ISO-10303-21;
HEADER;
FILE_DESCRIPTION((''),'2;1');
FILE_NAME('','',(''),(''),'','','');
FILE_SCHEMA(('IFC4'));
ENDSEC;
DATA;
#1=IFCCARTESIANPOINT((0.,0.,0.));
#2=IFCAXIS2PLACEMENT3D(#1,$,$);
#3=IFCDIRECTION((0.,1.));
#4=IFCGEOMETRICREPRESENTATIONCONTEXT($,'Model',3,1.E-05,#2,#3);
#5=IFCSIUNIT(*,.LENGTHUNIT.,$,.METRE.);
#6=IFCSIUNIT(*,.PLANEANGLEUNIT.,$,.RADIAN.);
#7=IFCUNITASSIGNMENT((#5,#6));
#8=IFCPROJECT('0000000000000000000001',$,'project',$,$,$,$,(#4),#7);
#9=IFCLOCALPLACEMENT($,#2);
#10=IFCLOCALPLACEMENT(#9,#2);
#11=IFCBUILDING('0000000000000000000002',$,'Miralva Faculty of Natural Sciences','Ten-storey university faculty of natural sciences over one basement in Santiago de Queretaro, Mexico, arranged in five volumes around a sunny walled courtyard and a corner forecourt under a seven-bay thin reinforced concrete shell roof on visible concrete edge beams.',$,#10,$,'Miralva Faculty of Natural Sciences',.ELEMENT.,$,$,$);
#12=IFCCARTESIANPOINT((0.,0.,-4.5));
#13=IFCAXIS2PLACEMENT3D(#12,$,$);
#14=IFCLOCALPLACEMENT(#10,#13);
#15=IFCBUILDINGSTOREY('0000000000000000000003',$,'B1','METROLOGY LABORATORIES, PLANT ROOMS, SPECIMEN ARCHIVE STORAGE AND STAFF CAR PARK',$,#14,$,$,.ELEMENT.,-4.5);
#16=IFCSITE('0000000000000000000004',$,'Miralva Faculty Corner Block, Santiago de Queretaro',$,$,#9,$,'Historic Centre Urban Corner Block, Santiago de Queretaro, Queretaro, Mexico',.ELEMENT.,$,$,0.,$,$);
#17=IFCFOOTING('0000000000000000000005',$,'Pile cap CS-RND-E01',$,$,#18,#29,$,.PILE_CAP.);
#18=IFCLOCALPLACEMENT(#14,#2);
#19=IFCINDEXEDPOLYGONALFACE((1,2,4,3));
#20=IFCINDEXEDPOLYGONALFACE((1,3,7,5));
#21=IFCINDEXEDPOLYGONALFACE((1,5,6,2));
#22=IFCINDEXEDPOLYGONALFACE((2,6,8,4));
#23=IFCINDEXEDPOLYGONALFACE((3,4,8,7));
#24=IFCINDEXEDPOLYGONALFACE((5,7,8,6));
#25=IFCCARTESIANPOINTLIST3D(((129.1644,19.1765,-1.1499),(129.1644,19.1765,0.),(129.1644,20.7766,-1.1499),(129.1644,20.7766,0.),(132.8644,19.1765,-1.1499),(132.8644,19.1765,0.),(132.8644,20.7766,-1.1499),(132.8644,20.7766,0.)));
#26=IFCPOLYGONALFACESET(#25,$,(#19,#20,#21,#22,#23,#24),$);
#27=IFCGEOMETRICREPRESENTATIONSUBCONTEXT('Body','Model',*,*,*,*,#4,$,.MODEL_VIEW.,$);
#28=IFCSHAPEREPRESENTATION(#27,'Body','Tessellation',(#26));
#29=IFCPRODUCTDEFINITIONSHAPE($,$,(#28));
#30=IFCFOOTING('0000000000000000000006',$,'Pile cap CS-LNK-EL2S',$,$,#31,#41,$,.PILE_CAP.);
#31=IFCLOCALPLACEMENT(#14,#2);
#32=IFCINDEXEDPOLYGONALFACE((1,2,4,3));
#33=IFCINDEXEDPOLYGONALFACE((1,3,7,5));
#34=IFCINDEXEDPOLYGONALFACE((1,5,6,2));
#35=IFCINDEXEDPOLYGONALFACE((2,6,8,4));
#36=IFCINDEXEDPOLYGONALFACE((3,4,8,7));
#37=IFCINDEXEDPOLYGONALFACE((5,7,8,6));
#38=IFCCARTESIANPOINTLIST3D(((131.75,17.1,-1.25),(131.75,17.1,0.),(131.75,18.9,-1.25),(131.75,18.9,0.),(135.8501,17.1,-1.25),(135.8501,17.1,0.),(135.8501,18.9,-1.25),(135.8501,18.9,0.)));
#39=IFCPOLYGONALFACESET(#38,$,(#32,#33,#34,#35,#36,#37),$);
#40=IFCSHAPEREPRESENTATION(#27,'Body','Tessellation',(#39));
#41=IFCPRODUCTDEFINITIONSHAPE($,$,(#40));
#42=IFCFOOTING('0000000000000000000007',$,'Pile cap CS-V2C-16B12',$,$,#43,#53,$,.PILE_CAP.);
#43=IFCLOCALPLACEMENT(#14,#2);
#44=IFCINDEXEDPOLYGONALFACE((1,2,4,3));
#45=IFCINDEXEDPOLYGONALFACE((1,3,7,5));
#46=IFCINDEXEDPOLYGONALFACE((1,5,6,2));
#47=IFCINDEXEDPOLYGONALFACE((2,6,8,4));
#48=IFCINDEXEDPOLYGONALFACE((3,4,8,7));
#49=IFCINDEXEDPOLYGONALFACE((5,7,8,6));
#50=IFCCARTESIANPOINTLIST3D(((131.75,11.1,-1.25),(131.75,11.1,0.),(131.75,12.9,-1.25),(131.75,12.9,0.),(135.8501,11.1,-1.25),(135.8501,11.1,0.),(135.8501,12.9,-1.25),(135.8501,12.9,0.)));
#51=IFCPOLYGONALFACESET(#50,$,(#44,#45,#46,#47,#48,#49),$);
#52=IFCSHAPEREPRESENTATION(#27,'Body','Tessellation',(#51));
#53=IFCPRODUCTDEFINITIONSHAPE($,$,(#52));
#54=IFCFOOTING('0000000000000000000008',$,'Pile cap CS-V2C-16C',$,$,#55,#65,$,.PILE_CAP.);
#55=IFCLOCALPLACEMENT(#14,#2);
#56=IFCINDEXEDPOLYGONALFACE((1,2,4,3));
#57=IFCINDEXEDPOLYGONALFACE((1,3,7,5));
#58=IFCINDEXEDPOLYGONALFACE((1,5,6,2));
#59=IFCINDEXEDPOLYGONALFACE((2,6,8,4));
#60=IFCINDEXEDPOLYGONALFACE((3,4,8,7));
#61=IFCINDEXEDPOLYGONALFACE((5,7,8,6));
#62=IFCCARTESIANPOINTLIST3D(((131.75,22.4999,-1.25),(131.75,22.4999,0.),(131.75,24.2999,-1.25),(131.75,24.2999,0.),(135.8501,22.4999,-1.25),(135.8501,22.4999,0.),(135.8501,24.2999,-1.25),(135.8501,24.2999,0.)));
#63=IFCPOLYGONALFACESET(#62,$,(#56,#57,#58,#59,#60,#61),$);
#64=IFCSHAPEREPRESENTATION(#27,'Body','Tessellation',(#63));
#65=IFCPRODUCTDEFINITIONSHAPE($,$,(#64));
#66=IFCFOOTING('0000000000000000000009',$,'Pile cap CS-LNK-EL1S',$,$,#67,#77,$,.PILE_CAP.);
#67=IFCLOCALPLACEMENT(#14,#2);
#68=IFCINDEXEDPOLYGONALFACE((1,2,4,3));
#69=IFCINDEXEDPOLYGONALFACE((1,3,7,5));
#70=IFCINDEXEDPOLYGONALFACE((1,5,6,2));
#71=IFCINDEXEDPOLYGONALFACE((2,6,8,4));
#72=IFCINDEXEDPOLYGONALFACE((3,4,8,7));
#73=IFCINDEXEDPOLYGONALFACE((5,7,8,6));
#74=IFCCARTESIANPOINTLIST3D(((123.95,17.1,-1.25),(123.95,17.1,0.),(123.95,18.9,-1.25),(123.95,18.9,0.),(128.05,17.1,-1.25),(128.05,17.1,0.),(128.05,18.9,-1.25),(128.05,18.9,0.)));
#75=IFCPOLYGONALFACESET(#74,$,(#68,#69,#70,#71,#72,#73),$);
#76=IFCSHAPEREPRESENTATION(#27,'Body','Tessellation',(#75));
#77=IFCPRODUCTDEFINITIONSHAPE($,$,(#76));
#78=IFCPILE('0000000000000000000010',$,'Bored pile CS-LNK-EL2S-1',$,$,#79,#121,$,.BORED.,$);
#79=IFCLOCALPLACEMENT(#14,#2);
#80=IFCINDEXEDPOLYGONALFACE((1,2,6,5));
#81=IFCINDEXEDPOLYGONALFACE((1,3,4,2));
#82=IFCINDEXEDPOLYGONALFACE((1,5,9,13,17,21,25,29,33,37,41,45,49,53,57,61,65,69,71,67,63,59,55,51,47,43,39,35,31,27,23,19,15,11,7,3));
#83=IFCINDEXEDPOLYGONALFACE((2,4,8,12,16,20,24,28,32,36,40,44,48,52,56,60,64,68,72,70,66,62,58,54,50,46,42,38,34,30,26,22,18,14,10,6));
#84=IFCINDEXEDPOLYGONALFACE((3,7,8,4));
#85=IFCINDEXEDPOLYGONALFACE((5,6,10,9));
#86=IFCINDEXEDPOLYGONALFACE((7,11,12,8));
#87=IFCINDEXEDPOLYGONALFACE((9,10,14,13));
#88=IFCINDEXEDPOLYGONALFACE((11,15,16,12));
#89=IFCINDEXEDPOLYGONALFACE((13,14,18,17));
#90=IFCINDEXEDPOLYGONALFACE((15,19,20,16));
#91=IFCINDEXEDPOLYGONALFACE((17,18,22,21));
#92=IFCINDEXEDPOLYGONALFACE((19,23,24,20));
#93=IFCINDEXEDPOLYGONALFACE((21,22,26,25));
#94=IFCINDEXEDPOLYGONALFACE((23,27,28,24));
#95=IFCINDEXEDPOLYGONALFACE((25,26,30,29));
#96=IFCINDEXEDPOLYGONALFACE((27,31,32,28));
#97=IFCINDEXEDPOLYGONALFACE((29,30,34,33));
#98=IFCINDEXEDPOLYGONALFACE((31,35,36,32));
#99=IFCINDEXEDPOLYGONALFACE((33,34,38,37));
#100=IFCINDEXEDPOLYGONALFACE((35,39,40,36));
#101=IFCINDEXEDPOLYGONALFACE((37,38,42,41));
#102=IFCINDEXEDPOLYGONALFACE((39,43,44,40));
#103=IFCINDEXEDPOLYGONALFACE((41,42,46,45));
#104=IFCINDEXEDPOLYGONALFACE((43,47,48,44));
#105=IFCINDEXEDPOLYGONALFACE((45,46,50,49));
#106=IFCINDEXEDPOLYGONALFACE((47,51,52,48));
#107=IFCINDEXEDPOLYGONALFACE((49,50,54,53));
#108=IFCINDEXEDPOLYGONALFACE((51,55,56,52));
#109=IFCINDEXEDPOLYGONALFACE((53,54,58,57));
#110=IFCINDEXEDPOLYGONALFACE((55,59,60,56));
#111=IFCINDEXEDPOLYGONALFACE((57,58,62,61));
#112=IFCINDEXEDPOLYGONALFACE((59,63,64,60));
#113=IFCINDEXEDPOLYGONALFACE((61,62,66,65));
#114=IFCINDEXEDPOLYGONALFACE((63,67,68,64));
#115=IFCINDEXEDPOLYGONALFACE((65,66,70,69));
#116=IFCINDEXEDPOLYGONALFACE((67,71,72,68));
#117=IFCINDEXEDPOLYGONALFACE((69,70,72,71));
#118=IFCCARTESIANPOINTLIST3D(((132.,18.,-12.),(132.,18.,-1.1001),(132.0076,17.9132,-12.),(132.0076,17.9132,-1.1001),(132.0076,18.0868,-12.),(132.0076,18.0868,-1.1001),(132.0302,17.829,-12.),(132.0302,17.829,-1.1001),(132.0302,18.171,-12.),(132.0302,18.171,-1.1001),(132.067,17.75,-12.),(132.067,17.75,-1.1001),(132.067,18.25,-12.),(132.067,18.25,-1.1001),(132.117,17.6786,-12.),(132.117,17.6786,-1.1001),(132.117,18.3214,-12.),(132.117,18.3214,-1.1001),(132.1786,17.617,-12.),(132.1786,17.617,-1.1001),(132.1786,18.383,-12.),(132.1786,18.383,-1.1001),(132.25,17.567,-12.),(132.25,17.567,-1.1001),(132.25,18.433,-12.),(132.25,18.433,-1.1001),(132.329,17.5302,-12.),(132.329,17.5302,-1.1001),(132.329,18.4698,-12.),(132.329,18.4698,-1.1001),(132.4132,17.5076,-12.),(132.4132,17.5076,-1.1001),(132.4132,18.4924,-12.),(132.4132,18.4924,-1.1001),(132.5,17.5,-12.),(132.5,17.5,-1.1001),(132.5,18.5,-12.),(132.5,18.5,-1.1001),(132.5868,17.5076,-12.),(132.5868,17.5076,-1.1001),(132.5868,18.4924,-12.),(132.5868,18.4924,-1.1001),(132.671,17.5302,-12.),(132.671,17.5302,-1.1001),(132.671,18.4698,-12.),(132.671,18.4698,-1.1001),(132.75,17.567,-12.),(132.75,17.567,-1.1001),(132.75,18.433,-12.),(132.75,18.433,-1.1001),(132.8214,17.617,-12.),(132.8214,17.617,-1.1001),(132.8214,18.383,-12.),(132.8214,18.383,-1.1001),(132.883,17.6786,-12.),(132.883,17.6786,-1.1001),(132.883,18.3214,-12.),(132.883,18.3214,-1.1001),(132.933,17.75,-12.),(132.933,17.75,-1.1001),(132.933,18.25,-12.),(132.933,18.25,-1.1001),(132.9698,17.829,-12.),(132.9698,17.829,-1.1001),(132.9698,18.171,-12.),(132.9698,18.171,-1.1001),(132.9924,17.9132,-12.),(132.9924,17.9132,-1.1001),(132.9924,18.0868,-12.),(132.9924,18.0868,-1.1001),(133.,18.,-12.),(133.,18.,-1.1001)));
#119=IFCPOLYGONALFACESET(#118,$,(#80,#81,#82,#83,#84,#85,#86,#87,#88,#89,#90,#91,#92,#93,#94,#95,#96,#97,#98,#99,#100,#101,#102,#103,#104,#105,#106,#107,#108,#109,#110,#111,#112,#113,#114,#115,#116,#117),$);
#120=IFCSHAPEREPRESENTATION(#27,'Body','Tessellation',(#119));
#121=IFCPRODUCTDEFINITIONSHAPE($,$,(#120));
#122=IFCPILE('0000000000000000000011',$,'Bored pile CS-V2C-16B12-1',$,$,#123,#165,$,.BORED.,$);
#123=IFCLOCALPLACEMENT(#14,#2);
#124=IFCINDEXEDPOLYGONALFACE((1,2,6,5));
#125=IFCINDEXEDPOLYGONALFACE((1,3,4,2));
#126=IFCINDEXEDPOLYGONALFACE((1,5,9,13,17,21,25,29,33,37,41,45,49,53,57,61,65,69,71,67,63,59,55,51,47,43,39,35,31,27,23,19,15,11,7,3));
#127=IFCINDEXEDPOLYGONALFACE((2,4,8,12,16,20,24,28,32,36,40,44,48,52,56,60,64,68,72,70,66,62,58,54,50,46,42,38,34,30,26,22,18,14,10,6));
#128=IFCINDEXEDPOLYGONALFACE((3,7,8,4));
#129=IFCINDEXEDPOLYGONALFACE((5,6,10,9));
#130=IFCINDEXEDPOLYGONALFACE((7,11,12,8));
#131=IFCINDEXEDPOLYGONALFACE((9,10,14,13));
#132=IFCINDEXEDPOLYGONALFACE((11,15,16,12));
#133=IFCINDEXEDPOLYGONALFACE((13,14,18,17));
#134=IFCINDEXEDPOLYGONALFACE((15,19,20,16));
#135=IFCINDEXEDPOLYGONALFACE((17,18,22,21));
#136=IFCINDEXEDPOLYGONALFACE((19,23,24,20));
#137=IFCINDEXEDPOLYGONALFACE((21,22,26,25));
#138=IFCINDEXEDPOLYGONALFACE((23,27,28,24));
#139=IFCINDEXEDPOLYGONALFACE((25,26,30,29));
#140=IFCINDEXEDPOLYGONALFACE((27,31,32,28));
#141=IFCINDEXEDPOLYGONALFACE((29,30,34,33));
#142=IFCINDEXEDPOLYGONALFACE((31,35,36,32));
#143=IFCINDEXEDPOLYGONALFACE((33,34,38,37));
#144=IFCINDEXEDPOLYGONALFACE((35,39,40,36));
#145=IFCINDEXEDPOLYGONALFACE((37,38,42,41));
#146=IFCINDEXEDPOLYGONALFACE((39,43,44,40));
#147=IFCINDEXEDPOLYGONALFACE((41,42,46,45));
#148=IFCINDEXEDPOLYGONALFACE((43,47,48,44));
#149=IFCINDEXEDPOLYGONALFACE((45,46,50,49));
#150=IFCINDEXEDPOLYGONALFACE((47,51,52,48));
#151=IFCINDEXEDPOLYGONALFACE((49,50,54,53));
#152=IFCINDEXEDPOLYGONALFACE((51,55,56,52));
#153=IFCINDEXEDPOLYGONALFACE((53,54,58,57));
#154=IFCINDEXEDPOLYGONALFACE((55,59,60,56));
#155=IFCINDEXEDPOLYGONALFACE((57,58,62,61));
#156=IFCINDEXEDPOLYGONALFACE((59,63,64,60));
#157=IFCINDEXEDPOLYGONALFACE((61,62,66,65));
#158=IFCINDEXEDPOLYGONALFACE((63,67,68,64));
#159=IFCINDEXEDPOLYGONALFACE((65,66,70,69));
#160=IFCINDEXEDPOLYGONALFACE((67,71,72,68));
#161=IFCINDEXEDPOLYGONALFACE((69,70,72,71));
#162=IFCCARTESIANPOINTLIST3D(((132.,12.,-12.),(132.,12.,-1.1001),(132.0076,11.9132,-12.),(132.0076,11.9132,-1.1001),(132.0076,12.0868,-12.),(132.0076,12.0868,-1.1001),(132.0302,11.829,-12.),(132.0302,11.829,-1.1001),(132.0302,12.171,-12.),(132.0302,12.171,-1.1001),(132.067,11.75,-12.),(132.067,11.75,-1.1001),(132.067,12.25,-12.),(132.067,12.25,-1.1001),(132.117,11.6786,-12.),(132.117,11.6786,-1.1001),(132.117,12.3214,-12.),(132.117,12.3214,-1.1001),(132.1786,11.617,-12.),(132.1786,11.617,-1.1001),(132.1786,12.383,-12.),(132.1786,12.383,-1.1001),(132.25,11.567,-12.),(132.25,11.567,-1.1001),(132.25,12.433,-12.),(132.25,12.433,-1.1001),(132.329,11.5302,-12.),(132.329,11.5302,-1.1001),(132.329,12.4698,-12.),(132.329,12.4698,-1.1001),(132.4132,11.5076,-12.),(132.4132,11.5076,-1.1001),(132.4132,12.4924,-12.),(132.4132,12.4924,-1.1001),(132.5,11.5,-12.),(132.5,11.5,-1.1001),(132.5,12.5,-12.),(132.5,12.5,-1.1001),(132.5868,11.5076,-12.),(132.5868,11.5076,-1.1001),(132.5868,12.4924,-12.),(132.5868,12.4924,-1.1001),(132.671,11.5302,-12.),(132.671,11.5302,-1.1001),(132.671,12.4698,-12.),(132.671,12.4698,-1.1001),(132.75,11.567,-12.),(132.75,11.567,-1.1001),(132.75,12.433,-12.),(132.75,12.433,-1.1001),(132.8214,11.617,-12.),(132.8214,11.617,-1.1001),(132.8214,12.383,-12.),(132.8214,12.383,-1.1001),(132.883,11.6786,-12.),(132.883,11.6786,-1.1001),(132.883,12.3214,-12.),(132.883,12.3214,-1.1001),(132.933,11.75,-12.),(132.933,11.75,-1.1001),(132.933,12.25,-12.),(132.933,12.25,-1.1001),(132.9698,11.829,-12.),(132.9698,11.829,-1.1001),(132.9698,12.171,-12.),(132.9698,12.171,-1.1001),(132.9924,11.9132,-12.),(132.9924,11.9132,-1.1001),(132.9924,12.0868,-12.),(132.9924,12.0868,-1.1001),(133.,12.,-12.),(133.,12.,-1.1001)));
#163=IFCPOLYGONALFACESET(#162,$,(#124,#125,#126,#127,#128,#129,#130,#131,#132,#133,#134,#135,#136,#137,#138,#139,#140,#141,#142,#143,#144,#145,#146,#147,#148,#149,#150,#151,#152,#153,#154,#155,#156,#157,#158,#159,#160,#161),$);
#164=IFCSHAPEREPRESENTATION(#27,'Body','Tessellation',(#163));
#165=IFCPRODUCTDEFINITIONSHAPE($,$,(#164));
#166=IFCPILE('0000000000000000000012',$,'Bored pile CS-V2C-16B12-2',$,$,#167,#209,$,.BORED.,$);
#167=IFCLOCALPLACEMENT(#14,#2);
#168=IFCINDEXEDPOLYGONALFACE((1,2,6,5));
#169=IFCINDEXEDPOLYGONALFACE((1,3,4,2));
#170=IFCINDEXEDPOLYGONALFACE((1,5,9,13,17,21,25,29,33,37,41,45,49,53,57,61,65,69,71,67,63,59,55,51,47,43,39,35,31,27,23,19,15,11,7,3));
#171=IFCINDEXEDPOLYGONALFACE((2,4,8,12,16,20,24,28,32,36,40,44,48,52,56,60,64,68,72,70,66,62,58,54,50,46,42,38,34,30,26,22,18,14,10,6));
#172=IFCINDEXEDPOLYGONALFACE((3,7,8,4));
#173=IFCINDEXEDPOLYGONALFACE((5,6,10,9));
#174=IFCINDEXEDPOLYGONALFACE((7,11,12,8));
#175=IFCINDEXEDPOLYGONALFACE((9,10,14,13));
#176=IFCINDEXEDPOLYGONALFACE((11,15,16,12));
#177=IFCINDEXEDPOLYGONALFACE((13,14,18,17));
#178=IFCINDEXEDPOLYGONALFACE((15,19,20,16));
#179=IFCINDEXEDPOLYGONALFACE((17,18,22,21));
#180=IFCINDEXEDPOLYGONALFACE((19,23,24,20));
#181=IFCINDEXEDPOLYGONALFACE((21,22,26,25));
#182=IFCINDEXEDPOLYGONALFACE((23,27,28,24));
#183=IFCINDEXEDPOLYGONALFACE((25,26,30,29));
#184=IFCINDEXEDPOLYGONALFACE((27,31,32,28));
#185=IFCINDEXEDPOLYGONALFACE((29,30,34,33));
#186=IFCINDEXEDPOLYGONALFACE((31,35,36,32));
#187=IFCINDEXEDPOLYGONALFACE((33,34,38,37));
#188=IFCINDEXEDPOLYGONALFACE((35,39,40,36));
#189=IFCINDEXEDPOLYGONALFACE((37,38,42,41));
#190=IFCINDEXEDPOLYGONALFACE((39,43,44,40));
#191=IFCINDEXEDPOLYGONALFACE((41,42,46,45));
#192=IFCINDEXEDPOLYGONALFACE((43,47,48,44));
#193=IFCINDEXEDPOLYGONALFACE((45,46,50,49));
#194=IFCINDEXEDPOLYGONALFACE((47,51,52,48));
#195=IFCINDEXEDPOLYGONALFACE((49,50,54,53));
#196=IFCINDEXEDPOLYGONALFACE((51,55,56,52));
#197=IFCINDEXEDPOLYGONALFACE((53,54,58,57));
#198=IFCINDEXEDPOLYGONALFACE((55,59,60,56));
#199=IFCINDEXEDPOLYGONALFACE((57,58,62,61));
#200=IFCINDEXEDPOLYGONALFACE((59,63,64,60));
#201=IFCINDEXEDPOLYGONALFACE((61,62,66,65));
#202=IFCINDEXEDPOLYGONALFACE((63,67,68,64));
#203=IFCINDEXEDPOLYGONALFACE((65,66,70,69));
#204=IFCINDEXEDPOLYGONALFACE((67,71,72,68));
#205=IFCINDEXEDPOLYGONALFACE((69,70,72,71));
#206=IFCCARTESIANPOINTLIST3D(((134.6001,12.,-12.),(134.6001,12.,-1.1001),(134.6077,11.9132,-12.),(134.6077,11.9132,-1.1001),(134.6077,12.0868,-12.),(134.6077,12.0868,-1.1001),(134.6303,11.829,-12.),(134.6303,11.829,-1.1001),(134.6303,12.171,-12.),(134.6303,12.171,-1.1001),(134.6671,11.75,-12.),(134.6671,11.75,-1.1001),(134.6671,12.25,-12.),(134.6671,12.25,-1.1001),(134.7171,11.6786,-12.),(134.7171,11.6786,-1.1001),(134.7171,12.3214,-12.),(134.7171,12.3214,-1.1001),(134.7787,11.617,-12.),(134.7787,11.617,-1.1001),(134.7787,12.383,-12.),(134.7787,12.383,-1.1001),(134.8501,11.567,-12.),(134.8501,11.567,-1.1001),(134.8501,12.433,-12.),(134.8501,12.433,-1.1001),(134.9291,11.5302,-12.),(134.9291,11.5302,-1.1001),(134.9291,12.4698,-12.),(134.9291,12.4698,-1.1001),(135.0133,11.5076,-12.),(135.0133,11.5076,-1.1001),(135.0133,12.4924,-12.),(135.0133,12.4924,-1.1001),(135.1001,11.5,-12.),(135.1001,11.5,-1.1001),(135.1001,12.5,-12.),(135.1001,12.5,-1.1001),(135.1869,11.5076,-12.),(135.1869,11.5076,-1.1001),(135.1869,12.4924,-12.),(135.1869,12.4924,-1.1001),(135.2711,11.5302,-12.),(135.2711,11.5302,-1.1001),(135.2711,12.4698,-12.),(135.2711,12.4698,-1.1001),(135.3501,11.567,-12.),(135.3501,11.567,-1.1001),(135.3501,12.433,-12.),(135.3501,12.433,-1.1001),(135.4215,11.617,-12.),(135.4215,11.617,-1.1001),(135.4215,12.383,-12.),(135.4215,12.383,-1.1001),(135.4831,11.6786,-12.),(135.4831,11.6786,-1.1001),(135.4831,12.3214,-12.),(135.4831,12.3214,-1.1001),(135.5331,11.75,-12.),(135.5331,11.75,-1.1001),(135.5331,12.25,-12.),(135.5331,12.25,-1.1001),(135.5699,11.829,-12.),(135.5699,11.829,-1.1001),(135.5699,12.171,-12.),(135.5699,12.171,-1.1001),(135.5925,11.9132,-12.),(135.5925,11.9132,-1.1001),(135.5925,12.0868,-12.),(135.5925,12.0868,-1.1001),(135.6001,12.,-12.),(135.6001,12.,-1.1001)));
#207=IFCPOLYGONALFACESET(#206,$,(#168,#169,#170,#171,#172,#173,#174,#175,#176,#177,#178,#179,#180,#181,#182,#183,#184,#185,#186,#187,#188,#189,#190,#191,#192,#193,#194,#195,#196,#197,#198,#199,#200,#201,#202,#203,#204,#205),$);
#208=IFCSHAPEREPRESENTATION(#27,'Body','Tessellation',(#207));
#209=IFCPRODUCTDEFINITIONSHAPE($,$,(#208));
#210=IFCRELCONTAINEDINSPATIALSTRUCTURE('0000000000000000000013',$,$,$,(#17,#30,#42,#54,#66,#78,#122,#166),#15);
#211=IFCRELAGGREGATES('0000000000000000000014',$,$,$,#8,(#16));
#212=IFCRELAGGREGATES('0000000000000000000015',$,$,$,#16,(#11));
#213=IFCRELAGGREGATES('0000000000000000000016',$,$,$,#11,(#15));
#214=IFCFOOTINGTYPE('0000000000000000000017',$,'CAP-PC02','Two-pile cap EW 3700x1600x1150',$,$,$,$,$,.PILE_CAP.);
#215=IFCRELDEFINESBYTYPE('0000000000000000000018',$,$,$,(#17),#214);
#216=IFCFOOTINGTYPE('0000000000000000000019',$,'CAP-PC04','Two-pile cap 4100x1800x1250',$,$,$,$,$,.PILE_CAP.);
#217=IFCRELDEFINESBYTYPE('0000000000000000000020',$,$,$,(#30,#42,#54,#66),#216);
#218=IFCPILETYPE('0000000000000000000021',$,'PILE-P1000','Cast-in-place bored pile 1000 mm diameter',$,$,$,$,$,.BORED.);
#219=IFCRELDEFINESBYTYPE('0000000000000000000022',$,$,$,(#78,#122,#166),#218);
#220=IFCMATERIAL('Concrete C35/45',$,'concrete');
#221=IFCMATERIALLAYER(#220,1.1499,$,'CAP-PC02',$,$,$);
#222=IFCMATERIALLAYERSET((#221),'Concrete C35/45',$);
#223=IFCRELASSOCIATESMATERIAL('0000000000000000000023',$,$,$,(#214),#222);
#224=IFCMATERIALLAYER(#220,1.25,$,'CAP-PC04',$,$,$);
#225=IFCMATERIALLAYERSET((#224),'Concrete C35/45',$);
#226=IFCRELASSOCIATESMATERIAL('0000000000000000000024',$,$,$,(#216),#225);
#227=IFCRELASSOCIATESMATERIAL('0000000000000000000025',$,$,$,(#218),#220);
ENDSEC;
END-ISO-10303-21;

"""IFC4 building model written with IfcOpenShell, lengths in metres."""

from ifc_helpers import new_model, si_unit, direction, frame, origin, origin_2d, place, context, subcontext, project, spatial, rectangle, circle, extrude, material, layer, layer_set, material_profile, profile_set, type_object, element, save


model = new_model("IFC4")

# Units and contexts
model_context = context("Model", 3, precision=1e-05, world=origin(), true_north=direction((0.0, 1.0)))
body_context = subcontext(model_context, "Body", "Model", "MODEL_VIEW")
ifc_project = project(units=[si_unit("LENGTHUNIT", "METRE"), si_unit("PLANEANGLEUNIT", "RADIAN")], contexts=[model_context])

# Site, building, storey
site_placement = place(None, origin())
site = spatial("IfcSite", under=ifc_project, at=site_placement, Name="Miralva Faculty Corner Block, Santiago de Queretaro", LongName="Historic Centre Urban Corner Block, Santiago de Queretaro, Queretaro, Mexico", CompositionType="ELEMENT", RefElevation=0.0)
building_placement = place(site_placement, origin())
building = spatial("IfcBuilding", under=site, at=building_placement, Name="Miralva Faculty of Natural Sciences", Description="Ten-storey university faculty of natural sciences over one basement in Santiago de Queretaro, Mexico, arranged in five volumes around a sunny walled courtyard and a corner forecourt under a seven-bay thin reinforced concrete shell roof on visible concrete edge beams.", LongName="Miralva Faculty of Natural Sciences", CompositionType="ELEMENT")
storey_placement = place(building_placement, frame((0.0, 0.0, -4.5)))
storey = spatial("IfcBuildingStorey", under=building, at=storey_placement, Name="B1", Description="METROLOGY LABORATORIES, PLANT ROOMS, SPECIMEN ARCHIVE STORAGE AND STAFF CAR PARK", CompositionType="ELEMENT", Elevation=-4.5)

# Footings
ifc_material_1 = material(Name="Concrete C35/45", Category="concrete")
ifc_layer_1 = layer(ifc_material_1, 1.1499, Name="CAP-PC02")
ifc_layer_set_1 = layer_set([ifc_layer_1], Name="Concrete C35/45")
footing_type_1 = type_object("IfcFootingType", Name="CAP-PC02", Description="Two-pile cap EW 3700x1600x1150", PredefinedType="PILE_CAP", material=ifc_layer_set_1)
footing_1_placement = place(storey_placement, frame((131.0144, 19.9766, -1.1499), z_axis=(0.0, 0.0, 1.0), x_axis=(1.0, 0.0, 0.0)))
element("IfcFooting", 1, at=footing_1_placement, inside=storey, type_object=footing_type_1, Name="Pile cap CS-RND-E01", PredefinedType="PILE_CAP", context=body_context, shape_type="SweptSolid", body=[
    extrude(rectangle(XDim=3.7, YDim=1.6001, at=origin_2d()), origin(), (0.0, 0.0, 1.0), 1.1499),
])
ifc_layer_2 = layer(ifc_material_1, 1.25, Name="CAP-PC04")
ifc_layer_set_2 = layer_set([ifc_layer_2], Name="Concrete C35/45")
footing_type_2 = type_object("IfcFootingType", Name="CAP-PC04", Description="Two-pile cap 4100x1800x1250", PredefinedType="PILE_CAP", material=ifc_layer_set_2)
for number, where, z_axis, x_axis, name in (
    (2, (133.8, 18.0, -1.25), (0.0, 0.0, 1.0), (1.0, 0.0, 0.0), "Pile cap CS-LNK-EL2S"),
    (3, (133.8, 12.0, -1.25), (0.0, 0.0, 1.0), (1.0, 0.0, 0.0), "Pile cap CS-V2C-16B12"),
    (4, (133.8, 23.3999, -1.25), (0.0, 0.0, 1.0), (1.0, 0.0, 0.0), "Pile cap CS-V2C-16C"),
    (5, (126.0, 18.0, -1.25), (0.0, 0.0, 1.0), (1.0, 0.0, 0.0), "Pile cap CS-LNK-EL1S"),
):
    element("IfcFooting", number, at=place(storey_placement, frame(where, z_axis=z_axis, x_axis=x_axis)), inside=storey, type_object=footing_type_2, Name=name, PredefinedType="PILE_CAP", context=body_context, shape_type="SweptSolid", body=[
        extrude(rectangle(XDim=4.1001, YDim=1.8, at=origin_2d()), origin(), (0.0, 0.0, 1.0), 1.25),
    ])

# Piles
ifc_material_profile_1 = material_profile(ifc_material_1, circle(Radius=0.5, at=origin_2d()), Name="BORED PILE 1000")
ifc_profile_set_1 = profile_set([ifc_material_profile_1], Name="Concrete C35/45")
pile_type_1 = type_object("IfcPileType", Name="PILE-P1000", Description="Cast-in-place bored pile 1000 mm diameter", PredefinedType="BORED", material=ifc_profile_set_1)
for number, where, z_axis, x_axis, name in (
    (6, (132.5, 18.0, -1.1001), (0.0, 0.0, -1.0), (1.0, 0.0, 0.0), "Bored pile CS-LNK-EL2S-1"),
    (7, (132.5, 12.0, -1.1001), (0.0, 0.0, -1.0), (1.0, 0.0, 0.0), "Bored pile CS-V2C-16B12-1"),
    (8, (135.1001, 12.0, -1.1001), (0.0, 0.0, -1.0), (1.0, 0.0, 0.0), "Bored pile CS-V2C-16B12-2"),
):
    element("IfcPile", number, at=place(storey_placement, frame(where, z_axis=z_axis, x_axis=x_axis)), inside=storey, type_object=pile_type_1, Name=name, PredefinedType="BORED", context=body_context, shape_type="SweptSolid", body=[
        extrude(circle(Radius=0.5, at=origin_2d()), origin(), (0.0, 0.0, 1.0), 10.8999),
    ])

save(model, "model.ifc")
